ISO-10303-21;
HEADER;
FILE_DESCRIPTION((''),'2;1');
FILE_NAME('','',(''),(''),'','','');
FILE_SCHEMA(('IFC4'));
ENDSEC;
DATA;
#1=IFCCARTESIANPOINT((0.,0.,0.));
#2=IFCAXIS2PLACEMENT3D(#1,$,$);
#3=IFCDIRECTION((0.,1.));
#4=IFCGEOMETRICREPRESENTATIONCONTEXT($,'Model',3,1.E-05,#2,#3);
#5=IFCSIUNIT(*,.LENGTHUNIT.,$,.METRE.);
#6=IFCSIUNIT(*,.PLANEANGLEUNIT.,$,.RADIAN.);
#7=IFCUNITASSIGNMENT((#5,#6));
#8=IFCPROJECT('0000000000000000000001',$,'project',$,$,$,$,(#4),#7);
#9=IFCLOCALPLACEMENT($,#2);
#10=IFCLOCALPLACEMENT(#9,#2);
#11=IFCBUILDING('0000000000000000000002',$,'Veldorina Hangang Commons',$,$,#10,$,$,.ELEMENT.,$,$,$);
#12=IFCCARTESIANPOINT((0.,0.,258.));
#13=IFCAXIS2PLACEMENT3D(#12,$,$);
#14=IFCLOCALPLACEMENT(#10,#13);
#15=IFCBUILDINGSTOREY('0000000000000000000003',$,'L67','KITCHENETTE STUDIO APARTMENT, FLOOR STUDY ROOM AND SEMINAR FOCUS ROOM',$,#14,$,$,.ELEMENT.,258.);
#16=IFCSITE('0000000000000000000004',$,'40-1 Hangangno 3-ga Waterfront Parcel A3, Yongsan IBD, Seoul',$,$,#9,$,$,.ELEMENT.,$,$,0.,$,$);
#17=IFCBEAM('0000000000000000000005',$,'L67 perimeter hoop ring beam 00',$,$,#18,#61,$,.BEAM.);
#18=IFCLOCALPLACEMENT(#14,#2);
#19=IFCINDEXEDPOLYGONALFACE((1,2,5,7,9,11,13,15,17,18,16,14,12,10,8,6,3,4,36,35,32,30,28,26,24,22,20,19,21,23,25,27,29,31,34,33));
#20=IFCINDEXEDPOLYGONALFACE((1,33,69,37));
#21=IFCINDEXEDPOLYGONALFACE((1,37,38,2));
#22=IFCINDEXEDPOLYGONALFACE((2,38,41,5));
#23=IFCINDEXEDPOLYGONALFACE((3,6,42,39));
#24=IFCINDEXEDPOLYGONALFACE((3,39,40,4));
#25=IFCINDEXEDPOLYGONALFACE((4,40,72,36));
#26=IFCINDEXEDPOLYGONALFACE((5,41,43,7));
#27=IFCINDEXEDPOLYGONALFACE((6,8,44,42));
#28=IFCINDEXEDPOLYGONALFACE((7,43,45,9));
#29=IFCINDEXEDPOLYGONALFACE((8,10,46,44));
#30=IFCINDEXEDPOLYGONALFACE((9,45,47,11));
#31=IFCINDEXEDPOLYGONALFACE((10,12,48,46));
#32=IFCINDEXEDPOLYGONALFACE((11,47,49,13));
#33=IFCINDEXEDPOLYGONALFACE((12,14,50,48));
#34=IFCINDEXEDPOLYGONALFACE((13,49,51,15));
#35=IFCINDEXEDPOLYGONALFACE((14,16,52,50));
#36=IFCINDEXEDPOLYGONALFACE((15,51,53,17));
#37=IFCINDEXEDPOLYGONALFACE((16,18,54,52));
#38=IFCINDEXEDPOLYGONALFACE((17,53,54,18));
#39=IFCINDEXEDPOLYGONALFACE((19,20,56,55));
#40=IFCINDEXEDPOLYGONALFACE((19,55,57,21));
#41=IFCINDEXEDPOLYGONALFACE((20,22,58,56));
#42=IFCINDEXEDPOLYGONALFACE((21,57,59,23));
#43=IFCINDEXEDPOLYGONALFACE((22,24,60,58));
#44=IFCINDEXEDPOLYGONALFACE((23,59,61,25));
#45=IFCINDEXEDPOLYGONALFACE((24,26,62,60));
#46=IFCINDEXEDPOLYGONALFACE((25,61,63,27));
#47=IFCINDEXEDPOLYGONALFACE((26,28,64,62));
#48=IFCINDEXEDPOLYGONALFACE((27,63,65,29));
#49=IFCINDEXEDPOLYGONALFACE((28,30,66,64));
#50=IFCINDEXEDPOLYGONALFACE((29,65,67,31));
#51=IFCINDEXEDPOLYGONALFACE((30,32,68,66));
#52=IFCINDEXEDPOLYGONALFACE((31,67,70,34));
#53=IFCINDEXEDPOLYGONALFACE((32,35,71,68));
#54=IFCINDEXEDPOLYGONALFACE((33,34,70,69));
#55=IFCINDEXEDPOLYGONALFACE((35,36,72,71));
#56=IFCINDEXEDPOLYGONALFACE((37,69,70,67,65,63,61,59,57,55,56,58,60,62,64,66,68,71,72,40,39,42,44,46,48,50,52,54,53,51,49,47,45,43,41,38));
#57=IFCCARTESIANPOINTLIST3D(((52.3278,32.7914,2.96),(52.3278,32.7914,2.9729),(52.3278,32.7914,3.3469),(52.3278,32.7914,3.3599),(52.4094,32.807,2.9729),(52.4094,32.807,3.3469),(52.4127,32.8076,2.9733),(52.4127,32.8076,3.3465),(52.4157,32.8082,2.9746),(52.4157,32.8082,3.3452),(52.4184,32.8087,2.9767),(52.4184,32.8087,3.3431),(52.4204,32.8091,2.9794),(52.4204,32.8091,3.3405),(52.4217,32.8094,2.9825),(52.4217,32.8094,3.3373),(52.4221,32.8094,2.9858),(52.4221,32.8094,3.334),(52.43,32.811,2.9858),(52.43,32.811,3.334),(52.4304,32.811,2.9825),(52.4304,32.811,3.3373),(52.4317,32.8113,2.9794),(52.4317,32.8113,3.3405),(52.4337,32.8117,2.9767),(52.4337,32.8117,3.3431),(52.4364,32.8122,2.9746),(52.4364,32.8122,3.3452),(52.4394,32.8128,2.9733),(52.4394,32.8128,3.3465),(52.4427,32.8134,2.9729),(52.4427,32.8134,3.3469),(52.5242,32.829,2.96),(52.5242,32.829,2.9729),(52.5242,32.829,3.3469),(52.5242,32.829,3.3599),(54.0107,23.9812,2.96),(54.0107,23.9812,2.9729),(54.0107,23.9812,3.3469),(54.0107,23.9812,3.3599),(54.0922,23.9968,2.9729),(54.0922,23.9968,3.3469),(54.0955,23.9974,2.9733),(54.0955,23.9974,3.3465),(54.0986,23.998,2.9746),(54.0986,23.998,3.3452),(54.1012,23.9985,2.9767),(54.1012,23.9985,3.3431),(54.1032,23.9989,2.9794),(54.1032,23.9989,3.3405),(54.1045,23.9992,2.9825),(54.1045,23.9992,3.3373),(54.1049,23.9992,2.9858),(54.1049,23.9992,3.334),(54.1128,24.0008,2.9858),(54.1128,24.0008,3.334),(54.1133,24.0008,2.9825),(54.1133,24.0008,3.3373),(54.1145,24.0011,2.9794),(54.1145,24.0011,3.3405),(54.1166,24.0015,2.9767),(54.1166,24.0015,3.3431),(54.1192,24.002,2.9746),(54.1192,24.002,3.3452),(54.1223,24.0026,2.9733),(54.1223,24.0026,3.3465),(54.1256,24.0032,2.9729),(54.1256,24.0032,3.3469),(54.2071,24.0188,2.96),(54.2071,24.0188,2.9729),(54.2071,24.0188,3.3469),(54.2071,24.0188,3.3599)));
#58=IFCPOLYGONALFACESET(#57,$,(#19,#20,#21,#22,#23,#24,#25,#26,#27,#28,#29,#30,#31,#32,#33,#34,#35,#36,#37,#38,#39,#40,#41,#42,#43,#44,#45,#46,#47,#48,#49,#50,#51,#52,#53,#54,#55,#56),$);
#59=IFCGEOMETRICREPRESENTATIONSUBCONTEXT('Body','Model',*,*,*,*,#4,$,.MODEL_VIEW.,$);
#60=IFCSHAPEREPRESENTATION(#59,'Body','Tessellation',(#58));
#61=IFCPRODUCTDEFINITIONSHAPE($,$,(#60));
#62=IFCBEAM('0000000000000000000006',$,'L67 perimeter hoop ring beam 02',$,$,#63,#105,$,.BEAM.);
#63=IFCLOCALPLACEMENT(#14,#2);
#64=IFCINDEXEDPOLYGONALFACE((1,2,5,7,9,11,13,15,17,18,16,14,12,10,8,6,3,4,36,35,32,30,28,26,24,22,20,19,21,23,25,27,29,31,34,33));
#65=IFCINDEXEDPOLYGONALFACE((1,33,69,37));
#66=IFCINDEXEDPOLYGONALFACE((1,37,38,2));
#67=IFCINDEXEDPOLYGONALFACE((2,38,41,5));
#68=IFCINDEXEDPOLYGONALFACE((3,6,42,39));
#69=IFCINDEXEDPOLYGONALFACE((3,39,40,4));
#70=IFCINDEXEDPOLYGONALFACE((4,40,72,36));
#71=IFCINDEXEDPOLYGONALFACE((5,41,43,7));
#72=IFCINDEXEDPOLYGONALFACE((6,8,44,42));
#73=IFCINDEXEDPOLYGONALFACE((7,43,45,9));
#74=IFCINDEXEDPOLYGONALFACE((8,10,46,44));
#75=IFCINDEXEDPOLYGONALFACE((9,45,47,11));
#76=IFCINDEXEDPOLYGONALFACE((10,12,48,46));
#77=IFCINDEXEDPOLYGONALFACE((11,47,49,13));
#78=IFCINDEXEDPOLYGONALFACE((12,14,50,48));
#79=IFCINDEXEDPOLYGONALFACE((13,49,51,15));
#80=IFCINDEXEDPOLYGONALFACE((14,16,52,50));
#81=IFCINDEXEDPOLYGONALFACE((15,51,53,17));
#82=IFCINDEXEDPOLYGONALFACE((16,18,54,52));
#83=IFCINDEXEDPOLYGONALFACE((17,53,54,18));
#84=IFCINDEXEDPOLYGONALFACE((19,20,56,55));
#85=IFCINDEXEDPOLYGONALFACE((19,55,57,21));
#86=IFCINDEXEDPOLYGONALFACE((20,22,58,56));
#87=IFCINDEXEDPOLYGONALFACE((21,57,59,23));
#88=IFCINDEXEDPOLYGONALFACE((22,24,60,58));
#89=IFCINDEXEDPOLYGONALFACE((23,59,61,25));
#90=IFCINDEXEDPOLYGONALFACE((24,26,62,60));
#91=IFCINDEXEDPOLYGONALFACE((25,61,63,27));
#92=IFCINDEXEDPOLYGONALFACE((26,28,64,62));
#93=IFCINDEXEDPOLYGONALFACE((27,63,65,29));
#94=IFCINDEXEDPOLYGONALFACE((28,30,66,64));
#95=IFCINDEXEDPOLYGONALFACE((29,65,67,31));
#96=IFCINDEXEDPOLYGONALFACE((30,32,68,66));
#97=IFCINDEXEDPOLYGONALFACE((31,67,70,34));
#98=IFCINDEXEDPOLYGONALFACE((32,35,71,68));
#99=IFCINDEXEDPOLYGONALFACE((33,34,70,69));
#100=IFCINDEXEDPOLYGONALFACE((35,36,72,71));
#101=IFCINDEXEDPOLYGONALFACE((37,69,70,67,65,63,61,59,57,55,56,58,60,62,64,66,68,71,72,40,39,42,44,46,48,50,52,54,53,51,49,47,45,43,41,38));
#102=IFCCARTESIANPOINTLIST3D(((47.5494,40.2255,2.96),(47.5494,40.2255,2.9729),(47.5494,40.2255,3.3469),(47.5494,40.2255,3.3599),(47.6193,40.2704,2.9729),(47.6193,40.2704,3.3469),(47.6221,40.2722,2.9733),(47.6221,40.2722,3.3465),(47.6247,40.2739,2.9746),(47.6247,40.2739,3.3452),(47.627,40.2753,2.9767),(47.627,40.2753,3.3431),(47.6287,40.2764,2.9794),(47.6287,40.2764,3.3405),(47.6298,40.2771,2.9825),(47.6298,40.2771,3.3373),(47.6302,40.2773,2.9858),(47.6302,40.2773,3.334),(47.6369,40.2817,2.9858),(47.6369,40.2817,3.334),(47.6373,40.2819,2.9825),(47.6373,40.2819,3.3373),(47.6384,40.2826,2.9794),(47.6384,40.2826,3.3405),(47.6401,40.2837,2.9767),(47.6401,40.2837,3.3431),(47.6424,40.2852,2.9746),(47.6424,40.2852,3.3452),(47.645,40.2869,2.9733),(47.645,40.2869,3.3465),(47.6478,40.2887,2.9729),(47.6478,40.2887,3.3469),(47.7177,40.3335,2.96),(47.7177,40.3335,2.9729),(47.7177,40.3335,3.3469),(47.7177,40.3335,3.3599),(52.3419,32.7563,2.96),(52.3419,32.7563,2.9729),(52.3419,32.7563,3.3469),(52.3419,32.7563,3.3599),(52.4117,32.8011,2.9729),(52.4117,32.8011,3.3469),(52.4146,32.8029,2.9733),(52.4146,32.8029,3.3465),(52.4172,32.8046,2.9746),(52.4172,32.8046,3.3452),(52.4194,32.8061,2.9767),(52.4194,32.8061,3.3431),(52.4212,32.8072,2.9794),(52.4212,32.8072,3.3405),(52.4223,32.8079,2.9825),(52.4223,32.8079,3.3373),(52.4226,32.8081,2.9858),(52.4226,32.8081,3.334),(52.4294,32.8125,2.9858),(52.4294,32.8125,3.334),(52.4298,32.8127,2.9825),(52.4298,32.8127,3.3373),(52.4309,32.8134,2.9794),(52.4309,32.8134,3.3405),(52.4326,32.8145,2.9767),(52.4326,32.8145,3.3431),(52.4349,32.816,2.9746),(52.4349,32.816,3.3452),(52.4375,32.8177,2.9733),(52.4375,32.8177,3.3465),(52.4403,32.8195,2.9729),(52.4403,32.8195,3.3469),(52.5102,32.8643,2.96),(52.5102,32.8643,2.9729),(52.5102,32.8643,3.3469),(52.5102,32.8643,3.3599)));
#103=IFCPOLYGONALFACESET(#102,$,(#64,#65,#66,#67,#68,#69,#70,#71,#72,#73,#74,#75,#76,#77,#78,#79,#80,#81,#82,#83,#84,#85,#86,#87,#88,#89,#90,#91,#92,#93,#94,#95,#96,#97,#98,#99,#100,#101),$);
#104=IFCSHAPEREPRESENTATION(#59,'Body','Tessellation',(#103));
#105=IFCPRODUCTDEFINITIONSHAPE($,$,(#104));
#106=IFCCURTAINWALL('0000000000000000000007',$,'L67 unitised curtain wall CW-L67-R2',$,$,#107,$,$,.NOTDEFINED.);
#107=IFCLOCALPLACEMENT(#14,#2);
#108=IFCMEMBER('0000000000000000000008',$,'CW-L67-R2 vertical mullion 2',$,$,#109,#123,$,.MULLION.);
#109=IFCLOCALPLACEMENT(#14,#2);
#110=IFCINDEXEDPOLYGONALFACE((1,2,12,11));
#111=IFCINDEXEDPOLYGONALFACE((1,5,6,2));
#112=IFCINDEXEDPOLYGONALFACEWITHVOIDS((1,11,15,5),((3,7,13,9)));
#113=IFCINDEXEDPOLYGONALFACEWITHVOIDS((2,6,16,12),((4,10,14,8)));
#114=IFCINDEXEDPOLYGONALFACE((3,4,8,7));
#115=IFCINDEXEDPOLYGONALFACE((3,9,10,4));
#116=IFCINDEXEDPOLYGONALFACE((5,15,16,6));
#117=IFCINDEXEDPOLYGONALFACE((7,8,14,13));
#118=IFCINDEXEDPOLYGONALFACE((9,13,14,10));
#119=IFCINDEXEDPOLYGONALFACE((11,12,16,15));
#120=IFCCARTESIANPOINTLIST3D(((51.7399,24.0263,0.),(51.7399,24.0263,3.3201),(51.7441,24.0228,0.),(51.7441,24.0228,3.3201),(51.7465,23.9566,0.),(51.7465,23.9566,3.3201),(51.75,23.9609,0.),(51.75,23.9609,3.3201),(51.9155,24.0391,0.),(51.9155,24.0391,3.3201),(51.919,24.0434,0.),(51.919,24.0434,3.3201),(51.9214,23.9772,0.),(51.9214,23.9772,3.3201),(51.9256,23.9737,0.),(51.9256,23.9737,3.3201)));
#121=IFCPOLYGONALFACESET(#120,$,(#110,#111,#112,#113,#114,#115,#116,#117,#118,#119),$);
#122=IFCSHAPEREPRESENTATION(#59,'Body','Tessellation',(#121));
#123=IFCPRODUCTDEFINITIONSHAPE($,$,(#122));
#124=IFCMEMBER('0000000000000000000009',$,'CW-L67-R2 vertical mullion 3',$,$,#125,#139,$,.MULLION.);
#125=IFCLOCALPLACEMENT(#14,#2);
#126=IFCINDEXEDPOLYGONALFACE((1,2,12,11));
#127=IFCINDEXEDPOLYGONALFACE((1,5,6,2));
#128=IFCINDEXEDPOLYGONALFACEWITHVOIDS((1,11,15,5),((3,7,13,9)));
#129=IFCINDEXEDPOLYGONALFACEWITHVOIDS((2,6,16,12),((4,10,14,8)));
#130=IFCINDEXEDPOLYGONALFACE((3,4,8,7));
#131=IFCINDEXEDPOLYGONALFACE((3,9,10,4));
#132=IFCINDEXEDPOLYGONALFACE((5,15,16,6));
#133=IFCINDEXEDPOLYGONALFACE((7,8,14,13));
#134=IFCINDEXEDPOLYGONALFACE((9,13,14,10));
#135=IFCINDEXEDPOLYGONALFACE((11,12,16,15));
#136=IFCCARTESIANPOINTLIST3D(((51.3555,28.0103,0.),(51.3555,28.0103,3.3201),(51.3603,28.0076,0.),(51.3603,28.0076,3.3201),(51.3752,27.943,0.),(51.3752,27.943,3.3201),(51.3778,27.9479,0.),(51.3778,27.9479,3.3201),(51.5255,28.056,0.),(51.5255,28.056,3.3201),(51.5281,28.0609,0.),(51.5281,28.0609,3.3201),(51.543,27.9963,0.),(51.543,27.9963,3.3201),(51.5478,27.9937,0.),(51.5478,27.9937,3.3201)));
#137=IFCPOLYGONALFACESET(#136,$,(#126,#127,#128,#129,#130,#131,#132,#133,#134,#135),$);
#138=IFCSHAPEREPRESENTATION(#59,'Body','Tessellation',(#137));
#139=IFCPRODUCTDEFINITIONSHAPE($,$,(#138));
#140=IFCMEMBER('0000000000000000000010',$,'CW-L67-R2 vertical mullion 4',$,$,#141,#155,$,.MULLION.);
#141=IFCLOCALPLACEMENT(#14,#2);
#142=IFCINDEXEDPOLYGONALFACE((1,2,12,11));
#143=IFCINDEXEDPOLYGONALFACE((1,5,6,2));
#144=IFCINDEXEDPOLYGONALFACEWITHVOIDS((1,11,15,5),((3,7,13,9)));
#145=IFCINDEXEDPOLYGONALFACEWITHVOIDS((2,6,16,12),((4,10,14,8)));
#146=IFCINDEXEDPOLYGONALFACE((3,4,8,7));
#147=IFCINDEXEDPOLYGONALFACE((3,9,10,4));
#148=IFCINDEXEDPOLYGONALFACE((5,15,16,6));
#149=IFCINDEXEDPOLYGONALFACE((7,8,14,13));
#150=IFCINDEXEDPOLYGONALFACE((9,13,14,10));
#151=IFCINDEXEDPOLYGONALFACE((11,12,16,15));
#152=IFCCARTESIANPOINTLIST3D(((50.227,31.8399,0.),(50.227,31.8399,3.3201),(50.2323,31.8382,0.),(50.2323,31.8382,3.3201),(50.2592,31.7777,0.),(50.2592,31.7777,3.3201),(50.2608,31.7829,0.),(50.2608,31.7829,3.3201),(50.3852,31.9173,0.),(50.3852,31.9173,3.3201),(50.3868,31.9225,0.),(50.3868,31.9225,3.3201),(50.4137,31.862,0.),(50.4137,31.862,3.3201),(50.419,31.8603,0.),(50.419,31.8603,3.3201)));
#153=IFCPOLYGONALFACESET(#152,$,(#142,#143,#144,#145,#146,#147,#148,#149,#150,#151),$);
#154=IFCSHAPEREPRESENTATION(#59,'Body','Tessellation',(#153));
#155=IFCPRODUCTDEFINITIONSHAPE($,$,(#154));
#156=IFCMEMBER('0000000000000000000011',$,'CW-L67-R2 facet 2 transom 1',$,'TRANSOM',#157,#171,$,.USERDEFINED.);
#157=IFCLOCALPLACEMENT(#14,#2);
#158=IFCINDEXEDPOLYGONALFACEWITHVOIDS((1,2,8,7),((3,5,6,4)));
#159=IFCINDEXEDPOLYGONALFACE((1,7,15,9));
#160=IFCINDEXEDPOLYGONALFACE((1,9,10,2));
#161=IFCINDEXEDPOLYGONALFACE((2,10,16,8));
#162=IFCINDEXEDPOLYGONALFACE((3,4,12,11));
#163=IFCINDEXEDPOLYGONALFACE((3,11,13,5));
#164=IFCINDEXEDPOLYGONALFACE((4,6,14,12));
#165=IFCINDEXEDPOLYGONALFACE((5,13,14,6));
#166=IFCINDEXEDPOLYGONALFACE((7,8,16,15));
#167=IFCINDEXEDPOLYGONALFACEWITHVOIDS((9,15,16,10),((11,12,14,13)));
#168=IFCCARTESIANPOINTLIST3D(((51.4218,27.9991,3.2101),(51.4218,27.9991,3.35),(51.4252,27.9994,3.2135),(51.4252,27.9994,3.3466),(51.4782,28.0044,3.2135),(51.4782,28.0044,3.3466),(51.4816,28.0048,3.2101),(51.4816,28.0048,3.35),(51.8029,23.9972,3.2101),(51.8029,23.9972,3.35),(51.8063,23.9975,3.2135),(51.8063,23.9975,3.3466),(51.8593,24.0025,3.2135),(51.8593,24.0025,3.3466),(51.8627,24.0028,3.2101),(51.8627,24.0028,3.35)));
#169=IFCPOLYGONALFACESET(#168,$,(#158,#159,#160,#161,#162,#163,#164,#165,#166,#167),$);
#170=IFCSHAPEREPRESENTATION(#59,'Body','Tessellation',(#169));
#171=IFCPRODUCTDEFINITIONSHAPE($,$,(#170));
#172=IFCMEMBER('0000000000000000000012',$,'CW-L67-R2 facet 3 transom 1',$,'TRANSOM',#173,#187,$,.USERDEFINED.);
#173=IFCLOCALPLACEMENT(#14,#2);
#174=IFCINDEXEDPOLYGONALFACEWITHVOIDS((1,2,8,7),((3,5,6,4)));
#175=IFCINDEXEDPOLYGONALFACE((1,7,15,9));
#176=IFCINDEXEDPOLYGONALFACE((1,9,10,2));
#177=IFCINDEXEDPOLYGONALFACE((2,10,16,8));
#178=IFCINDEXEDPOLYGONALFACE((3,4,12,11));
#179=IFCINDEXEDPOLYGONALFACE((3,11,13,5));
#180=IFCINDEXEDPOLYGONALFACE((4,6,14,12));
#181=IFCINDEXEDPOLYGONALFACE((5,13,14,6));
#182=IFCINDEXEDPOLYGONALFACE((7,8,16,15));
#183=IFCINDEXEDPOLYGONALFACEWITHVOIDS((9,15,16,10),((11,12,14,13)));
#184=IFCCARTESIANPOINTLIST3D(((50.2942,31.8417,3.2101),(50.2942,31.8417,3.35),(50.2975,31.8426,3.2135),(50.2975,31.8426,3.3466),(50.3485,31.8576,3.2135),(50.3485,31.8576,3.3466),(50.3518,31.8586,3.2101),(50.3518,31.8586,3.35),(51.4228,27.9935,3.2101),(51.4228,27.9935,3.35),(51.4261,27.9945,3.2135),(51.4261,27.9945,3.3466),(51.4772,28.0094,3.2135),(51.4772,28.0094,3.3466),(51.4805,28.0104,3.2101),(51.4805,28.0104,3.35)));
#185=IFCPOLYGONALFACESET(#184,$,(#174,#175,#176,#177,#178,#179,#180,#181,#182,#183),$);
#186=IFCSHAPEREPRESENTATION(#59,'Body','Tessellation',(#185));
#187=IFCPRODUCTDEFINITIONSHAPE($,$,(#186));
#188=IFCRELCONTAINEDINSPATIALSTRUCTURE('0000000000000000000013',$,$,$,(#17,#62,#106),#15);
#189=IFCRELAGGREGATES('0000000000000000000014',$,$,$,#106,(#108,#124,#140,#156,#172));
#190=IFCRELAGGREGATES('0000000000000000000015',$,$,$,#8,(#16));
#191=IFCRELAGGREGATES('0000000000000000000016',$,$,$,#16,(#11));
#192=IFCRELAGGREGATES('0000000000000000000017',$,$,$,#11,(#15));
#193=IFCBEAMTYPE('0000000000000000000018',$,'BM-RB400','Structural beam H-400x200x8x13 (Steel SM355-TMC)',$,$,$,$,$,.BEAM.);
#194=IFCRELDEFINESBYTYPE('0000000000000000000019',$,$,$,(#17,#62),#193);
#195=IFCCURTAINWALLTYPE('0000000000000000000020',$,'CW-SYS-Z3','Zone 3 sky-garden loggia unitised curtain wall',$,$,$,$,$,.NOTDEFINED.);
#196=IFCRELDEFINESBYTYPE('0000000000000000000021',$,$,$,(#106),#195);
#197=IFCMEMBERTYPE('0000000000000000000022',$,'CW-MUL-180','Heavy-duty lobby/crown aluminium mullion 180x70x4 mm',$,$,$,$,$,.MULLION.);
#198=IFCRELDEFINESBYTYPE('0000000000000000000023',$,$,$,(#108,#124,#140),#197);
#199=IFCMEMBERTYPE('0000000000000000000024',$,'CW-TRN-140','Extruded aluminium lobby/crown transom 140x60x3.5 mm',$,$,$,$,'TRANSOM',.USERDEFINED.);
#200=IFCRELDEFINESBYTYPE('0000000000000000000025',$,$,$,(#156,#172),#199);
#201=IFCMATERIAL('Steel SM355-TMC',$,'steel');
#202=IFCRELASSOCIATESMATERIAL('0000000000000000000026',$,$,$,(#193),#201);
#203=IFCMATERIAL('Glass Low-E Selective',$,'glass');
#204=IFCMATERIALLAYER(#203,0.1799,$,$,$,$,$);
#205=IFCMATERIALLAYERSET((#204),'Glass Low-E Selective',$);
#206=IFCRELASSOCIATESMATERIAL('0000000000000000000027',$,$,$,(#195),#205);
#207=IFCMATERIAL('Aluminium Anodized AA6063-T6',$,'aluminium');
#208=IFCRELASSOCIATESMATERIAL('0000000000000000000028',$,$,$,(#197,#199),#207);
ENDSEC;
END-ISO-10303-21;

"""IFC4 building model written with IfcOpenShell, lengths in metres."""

from ifc_helpers import new_model, si_unit, direction, frame, origin, origin_2d, place, context, subcontext, project, spatial, hollow_rectangle, i_section, extrude, material, layer, layer_set, material_profile, profile_set, type_object, element, aggregate, save


model = new_model("IFC4")

# Units and contexts
model_context = context("Model", 3, precision=1e-05, world=origin(), true_north=direction((0.0, 1.0)))
body_context = subcontext(model_context, "Body", "Model", "MODEL_VIEW")
ifc_project = project(units=[si_unit("LENGTHUNIT", "METRE"), si_unit("PLANEANGLEUNIT", "RADIAN")], contexts=[model_context])

# Site, building, storey
site_placement = place(None, origin())
site = spatial("IfcSite", under=ifc_project, at=site_placement, Name="40-1 Hangangno 3-ga Waterfront Parcel A3, Yongsan IBD, Seoul", CompositionType="ELEMENT", RefElevation=0.0)
building_placement = place(site_placement, origin())
building = spatial("IfcBuilding", under=site, at=building_placement, Name="Veldorina Hangang Commons", CompositionType="ELEMENT")
storey_placement = place(building_placement, frame((0.0, 0.0, 258.0)))
storey = spatial("IfcBuildingStorey", under=building, at=storey_placement, Name="L67", Description="KITCHENETTE STUDIO APARTMENT, FLOOR STUDY ROOM AND SEMINAR FOCUS ROOM", CompositionType="ELEMENT", Elevation=258.0)

# Beams
ifc_material_1 = material(Name="Steel SM355-TMC", Category="steel")
ifc_material_profile_1 = material_profile(ifc_material_1, i_section(OverallWidth=0.2, OverallDepth=0.3999, WebThickness=0.0081, FlangeThickness=0.0129, FilletRadius=0.0129, at=origin_2d()), Name="H-400x200x8x13")
ifc_profile_set_1 = profile_set([ifc_material_profile_1], Name="Steel SM355-TMC")
beam_type = type_object("IfcBeamType", Name="BM-RB400", Description="Structural beam H-400x200x8x13 (Steel SM355-TMC)", PredefinedType="BEAM", material=ifc_profile_set_1)
beam_1_placement = place(storey_placement, frame((54.1089, 24.0, 3.1599), z_axis=(-0.187619, 0.982242, 0.0), x_axis=(-0.982242, -0.187619, 0.0)))
element("IfcBeam", 1, at=beam_1_placement, inside=storey, type_object=beam_type, Name="L67 perimeter hoop ring beam 00", PredefinedType="BEAM", context=body_context, shape_type="SweptSolid", body=[
    extrude(i_section(OverallWidth=0.2, OverallDepth=0.3999, WebThickness=0.0081, FlangeThickness=0.0129, FilletRadius=0.0129, at=origin_2d()), origin(), (0.0, 0.0, 1.0), 8.9695),
])
beam_2_placement = place(storey_placement, frame((52.426, 32.8103, 3.1599), z_axis=(-0.540026, 0.841648, 0.0), x_axis=(-0.841648, -0.540026, 0.0)))
element("IfcBeam", 2, at=beam_2_placement, inside=storey, type_object=beam_type, Name="L67 perimeter hoop ring beam 02", PredefinedType="BEAM", context=body_context, shape_type="SweptSolid", body=[
    extrude(i_section(OverallWidth=0.2, OverallDepth=0.3999, WebThickness=0.0081, FlangeThickness=0.0129, FilletRadius=0.0129, at=origin_2d()), origin(), (0.0, 0.0, 1.0), 8.8745),
])

# Curtain wall, members
ifc_material_2 = material(Name="Glass Low-E Selective", Category="glass")
ifc_layer_1 = layer(ifc_material_2, 0.1799)
ifc_layer_set_1 = layer_set([ifc_layer_1], Name="Glass Low-E Selective")
curtain_wall_type = type_object("IfcCurtainWallType", Name="CW-SYS-Z3", Description="Zone 3 sky-garden loggia unitised curtain wall", PredefinedType="NOTDEFINED", material=ifc_layer_set_1)
curtain_wall_placement = place(storey_placement, origin())
curtain_wall = element("IfcCurtainWall", 3, at=curtain_wall_placement, inside=storey, type_object=curtain_wall_type, Name="L67 unitised curtain wall CW-L67-R2", PredefinedType="NOTDEFINED")
ifc_material_3 = material(Name="Aluminium Anodized AA6063-T6", Category="aluminium")
ifc_material_profile_2 = material_profile(ifc_material_3, hollow_rectangle(XDim=0.0701, YDim=0.1799, WallThickness=0.0039, at=origin_2d()), Name="ALU-RHS-180x70x4")
ifc_profile_set_2 = profile_set([ifc_material_profile_2], Name="Aluminium Anodized AA6063-T6")
member_type_1 = type_object("IfcMemberType", Name="CW-MUL-180", Description="Heavy-duty lobby/crown aluminium mullion 180x70x4 mm", PredefinedType="MULLION", material=ifc_profile_set_2)
member_1_placement = place(storey_placement, frame((51.8328, 24.0, 0.0), z_axis=(0.0, 0.0, 1.0), x_axis=(-0.094803, 0.995496, 0.0)))
member_1 = element("IfcMember", 4, at=member_1_placement, type_object=member_type_1, Name="CW-L67-R2 vertical mullion 2", PredefinedType="MULLION", context=body_context, shape_type="SweptSolid", body=[
    extrude(hollow_rectangle(XDim=0.0701, YDim=0.1799, WallThickness=0.0039, at=origin_2d()), origin(), (0.0, 0.0, 1.0), 3.3201),
])
member_2_placement = place(storey_placement, frame((51.4517, 28.002, 0.0), z_axis=(0.0, 0.0, 1.0), x_axis=(-0.28142, 0.959585, 0.0)))
member_2 = element("IfcMember", 5, at=member_2_placement, type_object=member_type_1, Name="CW-L67-R2 vertical mullion 3", PredefinedType="MULLION", context=body_context, shape_type="SweptSolid", body=[
    extrude(hollow_rectangle(XDim=0.0701, YDim=0.1799, WallThickness=0.0039, at=origin_2d()), origin(), (0.0, 0.0, 1.0), 3.3201),
])
member_3_placement = place(storey_placement, frame((50.323, 31.8501, 0.0), z_axis=(0.0, 0.0, 1.0), x_axis=(-0.459084, 0.888393, 0.0)))
member_3 = element("IfcMember", 6, at=member_3_placement, type_object=member_type_1, Name="CW-L67-R2 vertical mullion 4", PredefinedType="MULLION", context=body_context, shape_type="SweptSolid", body=[
    extrude(hollow_rectangle(XDim=0.0701, YDim=0.1799, WallThickness=0.0039, at=origin_2d()), origin(), (0.0, 0.0, 1.0), 3.3201),
])
ifc_material_profile_3 = material_profile(ifc_material_3, hollow_rectangle(XDim=0.0601, YDim=0.1399, WallThickness=0.0034, at=origin_2d()), Name="ALU-RHS-140x60x3.5")
ifc_profile_set_3 = profile_set([ifc_material_profile_3], Name="Aluminium Anodized AA6063-T6")
member_type_2 = type_object("IfcMemberType", Name="CW-TRN-140", Description="Extruded aluminium lobby/crown transom 140x60x3.5 mm", ElementType="TRANSOM", PredefinedType="USERDEFINED", material=ifc_profile_set_3)
member_4_placement = place(storey_placement, frame((51.8328, 24.0, 3.28), z_axis=(-0.0948, 0.995496, 0.0), x_axis=(-0.995496, -0.0948, 0.0)))
member_4 = element("IfcMember", 7, at=member_4_placement, type_object=member_type_2, Name="CW-L67-R2 facet 2 transom 1", ObjectType="TRANSOM", PredefinedType="USERDEFINED", context=body_context, shape_type="SweptSolid", body=[
    extrude(hollow_rectangle(XDim=0.0601, YDim=0.1399, WallThickness=0.0034, at=origin_2d()), origin(), (0.0, 0.0, 1.0), 4.02),
])
member_5_placement = place(storey_placement, frame((51.4517, 28.002, 3.28), z_axis=(-0.281444, 0.959578, 0.0), x_axis=(-0.959578, -0.281444, 0.0)))
member_5 = element("IfcMember", 8, at=member_5_placement, type_object=member_type_2, Name="CW-L67-R2 facet 3 transom 1", ObjectType="TRANSOM", PredefinedType="USERDEFINED", context=body_context, shape_type="SweptSolid", body=[
    extrude(hollow_rectangle(XDim=0.0601, YDim=0.1399, WallThickness=0.0034, at=origin_2d()), origin(), (0.0, 0.0, 1.0), 4.0103),
])

aggregate(curtain_wall, [member_1, member_2, member_3, member_4, member_5])

save(model, "model.ifc")
